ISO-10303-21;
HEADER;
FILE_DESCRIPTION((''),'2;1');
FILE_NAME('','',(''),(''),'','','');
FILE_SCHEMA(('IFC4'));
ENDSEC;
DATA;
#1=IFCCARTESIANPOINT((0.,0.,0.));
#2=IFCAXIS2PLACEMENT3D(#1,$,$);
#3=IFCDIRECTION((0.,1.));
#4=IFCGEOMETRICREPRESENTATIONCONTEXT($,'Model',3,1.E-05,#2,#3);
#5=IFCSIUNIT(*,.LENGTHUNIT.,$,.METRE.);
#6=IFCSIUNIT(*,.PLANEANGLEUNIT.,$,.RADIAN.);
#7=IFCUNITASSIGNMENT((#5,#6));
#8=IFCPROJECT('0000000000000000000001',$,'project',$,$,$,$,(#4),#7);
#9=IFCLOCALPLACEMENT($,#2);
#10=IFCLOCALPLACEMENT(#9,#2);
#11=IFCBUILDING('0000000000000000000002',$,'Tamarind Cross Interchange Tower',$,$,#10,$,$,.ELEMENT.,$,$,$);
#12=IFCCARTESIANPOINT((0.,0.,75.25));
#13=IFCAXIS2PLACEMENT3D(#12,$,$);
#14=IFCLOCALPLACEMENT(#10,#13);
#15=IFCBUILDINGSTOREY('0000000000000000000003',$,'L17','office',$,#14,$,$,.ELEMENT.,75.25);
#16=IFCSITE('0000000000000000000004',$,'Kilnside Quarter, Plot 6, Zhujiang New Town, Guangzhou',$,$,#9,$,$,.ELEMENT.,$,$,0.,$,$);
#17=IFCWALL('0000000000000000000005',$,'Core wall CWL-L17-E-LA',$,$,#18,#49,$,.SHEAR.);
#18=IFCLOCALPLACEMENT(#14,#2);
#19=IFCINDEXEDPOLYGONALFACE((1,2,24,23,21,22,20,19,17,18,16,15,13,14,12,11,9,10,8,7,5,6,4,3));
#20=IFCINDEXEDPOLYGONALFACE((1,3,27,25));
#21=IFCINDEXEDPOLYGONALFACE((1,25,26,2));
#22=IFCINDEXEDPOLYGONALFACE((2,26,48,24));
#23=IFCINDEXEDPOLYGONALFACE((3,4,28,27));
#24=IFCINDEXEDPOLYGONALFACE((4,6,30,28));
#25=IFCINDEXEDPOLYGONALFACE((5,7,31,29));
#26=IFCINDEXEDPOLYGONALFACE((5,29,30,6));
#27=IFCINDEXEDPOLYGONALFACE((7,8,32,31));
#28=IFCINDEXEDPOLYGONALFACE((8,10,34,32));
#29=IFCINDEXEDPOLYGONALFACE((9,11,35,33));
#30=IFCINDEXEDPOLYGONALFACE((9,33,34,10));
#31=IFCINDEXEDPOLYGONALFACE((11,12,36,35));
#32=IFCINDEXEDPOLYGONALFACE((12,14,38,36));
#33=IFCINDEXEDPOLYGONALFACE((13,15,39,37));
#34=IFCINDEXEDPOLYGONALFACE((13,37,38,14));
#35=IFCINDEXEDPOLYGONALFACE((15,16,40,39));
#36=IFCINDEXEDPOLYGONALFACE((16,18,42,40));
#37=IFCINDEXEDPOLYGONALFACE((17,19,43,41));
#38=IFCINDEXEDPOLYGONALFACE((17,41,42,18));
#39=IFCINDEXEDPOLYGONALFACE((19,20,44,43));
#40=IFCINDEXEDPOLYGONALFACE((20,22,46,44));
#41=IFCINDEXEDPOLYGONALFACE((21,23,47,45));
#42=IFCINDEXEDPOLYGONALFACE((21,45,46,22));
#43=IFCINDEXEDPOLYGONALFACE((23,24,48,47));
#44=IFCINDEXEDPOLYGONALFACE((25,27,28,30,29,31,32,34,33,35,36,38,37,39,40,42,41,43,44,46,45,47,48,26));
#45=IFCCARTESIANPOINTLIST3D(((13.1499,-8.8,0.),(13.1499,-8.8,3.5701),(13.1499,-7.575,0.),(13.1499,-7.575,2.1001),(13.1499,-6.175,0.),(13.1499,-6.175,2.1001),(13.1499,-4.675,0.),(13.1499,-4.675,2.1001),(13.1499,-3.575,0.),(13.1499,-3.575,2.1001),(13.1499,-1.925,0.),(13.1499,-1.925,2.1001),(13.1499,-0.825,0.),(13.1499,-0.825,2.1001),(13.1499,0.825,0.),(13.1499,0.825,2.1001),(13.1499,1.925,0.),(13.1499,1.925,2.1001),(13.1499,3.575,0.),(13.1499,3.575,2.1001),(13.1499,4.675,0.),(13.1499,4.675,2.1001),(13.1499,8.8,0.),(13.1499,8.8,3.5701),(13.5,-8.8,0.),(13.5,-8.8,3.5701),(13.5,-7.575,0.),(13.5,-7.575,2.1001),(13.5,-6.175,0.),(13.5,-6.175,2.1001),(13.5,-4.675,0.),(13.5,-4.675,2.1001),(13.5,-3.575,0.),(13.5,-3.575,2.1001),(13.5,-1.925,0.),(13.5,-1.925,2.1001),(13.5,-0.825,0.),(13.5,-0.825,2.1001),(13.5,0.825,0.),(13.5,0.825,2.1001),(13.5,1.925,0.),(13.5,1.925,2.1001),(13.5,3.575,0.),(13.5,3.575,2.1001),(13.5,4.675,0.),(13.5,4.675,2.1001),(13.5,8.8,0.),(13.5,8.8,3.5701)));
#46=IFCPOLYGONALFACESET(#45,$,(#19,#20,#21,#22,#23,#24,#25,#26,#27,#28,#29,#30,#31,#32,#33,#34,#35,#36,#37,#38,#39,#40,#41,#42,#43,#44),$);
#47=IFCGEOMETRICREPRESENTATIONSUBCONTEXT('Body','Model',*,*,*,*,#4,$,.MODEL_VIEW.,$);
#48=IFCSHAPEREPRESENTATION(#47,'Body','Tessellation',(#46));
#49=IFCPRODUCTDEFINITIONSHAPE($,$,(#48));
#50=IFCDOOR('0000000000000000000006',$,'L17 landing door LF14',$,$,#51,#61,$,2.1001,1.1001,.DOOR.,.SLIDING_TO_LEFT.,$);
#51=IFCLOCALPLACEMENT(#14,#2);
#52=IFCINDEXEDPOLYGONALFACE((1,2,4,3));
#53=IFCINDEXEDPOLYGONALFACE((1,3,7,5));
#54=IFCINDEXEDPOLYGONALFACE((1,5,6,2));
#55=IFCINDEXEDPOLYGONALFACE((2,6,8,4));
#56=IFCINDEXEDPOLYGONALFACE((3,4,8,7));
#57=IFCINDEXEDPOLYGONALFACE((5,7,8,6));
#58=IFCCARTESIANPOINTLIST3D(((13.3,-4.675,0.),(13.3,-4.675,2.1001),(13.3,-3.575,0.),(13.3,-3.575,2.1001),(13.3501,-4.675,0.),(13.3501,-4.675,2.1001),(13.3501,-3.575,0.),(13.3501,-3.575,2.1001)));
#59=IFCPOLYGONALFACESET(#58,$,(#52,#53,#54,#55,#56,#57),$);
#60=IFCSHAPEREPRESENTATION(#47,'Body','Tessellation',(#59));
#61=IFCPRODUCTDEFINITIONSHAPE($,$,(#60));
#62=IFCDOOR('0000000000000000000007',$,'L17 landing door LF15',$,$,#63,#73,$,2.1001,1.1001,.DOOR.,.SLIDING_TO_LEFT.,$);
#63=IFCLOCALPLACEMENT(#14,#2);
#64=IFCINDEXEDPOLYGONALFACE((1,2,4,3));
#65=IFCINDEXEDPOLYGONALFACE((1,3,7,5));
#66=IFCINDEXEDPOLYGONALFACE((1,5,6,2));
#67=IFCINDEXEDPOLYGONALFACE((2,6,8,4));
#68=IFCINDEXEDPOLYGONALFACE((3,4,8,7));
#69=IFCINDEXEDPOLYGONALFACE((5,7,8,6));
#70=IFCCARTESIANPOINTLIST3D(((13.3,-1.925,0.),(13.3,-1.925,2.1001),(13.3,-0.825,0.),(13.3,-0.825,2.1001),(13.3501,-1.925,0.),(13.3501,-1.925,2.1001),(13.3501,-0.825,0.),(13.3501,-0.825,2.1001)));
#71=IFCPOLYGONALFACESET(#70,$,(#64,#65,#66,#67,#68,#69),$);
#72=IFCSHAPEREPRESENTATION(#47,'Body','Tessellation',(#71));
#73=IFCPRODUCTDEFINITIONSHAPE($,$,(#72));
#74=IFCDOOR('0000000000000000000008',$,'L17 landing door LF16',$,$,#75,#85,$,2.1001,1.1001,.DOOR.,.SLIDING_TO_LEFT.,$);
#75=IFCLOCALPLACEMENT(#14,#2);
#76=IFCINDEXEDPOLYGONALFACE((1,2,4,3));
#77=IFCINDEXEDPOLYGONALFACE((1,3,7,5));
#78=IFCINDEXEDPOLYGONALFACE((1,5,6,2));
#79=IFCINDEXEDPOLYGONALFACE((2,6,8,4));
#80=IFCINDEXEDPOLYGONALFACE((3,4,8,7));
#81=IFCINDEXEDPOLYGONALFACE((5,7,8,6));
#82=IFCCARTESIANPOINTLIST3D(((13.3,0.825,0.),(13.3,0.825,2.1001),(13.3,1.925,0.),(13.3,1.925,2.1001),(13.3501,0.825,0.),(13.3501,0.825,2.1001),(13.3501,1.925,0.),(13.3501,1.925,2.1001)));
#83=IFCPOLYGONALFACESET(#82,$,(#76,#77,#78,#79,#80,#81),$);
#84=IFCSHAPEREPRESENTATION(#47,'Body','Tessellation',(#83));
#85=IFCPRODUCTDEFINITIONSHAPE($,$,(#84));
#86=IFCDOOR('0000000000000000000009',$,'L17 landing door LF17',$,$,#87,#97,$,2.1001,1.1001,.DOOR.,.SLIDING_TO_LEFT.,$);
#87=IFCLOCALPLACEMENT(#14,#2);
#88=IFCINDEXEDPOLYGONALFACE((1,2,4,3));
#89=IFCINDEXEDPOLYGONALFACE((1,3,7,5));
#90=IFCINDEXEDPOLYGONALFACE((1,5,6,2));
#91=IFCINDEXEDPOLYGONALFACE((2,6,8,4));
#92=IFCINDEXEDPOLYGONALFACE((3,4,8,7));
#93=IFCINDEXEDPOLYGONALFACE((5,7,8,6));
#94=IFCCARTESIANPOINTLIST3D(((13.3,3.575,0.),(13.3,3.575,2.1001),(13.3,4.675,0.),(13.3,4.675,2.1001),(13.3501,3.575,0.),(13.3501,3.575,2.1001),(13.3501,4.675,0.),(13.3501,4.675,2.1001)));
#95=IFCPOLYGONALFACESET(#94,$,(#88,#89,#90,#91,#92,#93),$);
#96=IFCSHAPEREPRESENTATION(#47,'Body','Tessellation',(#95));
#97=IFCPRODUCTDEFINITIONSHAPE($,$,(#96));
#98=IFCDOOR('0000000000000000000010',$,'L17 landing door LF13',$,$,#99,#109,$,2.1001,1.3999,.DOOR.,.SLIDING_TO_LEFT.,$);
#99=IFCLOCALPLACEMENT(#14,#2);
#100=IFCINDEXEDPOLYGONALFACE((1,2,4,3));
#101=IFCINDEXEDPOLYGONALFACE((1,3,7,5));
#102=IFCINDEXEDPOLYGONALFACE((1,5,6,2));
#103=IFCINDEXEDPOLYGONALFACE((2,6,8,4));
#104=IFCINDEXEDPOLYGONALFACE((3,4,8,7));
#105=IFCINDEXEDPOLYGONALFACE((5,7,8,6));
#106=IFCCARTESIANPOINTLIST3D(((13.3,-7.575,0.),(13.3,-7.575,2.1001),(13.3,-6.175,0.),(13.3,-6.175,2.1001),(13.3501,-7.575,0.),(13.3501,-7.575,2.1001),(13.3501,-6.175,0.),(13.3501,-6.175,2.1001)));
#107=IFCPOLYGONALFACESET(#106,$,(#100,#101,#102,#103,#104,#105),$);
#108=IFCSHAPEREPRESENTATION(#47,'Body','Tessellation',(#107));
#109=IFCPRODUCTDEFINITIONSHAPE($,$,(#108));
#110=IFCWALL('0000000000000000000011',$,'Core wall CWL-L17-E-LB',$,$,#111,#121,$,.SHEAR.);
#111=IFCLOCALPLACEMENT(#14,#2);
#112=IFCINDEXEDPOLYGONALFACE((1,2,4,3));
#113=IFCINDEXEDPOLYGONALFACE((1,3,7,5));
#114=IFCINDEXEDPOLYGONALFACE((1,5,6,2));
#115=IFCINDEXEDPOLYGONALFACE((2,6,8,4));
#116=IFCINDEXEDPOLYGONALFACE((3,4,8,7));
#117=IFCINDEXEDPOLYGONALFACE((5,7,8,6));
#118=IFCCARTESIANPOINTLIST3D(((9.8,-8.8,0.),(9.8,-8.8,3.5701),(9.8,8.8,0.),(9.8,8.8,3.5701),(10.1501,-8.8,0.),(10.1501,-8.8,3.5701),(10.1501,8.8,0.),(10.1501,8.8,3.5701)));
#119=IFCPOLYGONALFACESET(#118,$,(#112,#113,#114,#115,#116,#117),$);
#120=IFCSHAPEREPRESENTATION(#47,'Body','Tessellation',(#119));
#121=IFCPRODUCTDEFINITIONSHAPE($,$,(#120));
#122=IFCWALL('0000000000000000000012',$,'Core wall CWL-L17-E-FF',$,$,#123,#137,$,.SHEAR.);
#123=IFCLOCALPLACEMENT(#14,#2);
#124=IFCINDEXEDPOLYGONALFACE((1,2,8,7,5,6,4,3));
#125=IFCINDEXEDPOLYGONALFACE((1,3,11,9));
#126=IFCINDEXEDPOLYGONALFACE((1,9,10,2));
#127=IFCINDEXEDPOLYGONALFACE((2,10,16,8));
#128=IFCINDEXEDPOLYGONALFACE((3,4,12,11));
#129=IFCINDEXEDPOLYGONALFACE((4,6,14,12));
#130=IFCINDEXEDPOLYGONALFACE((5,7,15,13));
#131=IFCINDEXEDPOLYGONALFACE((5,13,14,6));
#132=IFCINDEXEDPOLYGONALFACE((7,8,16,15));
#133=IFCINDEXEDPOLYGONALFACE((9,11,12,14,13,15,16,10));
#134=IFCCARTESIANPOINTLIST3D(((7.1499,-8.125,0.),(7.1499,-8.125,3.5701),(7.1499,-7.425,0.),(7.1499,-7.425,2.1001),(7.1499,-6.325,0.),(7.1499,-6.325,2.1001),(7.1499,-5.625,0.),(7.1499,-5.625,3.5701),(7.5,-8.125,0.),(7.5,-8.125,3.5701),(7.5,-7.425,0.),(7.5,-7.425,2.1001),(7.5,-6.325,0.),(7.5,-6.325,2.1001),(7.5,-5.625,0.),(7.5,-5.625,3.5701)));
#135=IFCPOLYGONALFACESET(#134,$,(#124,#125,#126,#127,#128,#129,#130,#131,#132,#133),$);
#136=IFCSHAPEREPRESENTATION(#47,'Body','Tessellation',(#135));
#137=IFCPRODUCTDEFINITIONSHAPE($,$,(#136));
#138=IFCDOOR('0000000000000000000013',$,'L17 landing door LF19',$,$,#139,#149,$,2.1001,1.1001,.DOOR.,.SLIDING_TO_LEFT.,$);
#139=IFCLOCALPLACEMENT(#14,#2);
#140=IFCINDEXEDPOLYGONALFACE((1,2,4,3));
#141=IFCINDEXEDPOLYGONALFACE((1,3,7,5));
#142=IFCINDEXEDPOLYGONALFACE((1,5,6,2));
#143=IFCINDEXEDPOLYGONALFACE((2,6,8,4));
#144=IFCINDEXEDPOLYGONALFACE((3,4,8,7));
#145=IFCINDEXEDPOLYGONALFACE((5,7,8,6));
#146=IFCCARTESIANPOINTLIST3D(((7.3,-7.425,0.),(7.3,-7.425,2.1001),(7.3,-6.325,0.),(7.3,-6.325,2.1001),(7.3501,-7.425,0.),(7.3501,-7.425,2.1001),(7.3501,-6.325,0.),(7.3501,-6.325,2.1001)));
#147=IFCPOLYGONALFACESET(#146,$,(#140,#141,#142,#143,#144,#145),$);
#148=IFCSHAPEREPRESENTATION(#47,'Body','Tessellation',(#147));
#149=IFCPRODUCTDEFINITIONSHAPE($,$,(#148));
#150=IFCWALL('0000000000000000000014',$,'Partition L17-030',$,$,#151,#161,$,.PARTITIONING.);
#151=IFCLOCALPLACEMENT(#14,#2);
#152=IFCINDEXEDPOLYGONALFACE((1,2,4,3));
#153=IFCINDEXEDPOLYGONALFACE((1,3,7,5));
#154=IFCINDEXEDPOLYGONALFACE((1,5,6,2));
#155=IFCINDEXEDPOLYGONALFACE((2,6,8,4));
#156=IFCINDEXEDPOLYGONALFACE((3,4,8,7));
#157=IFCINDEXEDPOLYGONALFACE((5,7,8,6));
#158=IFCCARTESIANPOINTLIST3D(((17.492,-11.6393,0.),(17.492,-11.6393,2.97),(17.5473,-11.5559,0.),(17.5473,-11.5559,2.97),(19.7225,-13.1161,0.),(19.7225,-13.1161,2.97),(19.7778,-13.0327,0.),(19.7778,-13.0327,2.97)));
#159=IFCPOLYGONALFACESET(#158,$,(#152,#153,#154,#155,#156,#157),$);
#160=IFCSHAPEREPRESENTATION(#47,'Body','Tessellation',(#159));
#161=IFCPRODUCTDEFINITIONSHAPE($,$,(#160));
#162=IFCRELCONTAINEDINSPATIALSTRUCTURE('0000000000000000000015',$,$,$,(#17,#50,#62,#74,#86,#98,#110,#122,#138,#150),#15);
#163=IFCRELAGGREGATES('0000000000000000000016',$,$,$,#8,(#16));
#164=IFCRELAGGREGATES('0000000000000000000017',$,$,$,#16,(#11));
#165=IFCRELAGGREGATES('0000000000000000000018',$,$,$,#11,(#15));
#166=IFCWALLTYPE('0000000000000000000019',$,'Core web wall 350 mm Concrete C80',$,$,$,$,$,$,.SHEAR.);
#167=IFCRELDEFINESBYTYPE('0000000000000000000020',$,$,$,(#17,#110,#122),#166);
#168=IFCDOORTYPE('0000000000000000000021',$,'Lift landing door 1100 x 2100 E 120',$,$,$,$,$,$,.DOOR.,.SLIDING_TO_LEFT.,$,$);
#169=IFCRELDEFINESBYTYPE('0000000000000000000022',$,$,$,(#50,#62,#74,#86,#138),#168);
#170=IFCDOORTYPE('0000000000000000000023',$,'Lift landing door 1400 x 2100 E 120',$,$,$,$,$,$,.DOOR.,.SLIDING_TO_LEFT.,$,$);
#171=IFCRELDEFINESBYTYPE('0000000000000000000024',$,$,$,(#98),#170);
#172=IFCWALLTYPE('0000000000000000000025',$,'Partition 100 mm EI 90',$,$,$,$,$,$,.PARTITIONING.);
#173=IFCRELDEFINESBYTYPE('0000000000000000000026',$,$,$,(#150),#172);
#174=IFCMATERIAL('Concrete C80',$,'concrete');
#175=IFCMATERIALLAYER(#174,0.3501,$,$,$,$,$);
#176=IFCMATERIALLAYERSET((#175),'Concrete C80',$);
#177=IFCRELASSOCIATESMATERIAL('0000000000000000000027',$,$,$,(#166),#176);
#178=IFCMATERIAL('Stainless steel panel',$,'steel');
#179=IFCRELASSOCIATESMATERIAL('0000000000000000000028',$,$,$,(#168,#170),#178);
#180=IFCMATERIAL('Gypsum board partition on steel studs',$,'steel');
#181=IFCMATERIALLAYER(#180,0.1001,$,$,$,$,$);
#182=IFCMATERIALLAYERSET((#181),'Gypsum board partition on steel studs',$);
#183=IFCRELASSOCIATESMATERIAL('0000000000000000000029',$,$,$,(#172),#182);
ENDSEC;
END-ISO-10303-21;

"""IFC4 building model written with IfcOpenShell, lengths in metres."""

from ifc_helpers import new_model, si_unit, direction, frame, frame_2d, origin, place, context, subcontext, project, spatial, rectangle, extrude, material, layer, layer_set, type_object, element, fill, save


model = new_model("IFC4")

# Units and contexts
model_context = context("Model", 3, precision=1e-05, world=origin(), true_north=direction((0.0, 1.0)))
body_context = subcontext(model_context, "Body", "Model", "MODEL_VIEW")
ifc_project = project(units=[si_unit("LENGTHUNIT", "METRE"), si_unit("PLANEANGLEUNIT", "RADIAN")], contexts=[model_context])

# Site, building, storey
site_placement = place(None, origin())
site = spatial("IfcSite", under=ifc_project, at=site_placement, Name="Kilnside Quarter, Plot 6, Zhujiang New Town, Guangzhou", CompositionType="ELEMENT", RefElevation=0.0)
building_placement = place(site_placement, origin())
building = spatial("IfcBuilding", under=site, at=building_placement, Name="Tamarind Cross Interchange Tower", CompositionType="ELEMENT")
storey_placement = place(building_placement, frame((0.0, 0.0, 75.25)))
storey = spatial("IfcBuildingStorey", under=building, at=storey_placement, Name="L17", Description="office", CompositionType="ELEMENT", Elevation=75.25)

# Shared definitions
ifc_material_1 = material(Name="Concrete C80", Category="concrete")

# Shared definitions
ifc_layer_1 = layer(ifc_material_1, 0.3501)
ifc_layer_set_1 = layer_set([ifc_layer_1], Name="Concrete C80")
wall_type_1 = type_object("IfcWallType", Name="Core web wall 350 mm Concrete C80", PredefinedType="SHEAR", material=ifc_layer_set_1)

# Wall, openings, doors
wall_1_placement = place(storey_placement, frame((13.325, -8.8, 0.0), z_axis=(0.0, 0.0, 1.0), x_axis=(0.0, 1.0, 0.0)))
wall_1 = element("IfcWall", 1, at=wall_1_placement, inside=storey, type_object=wall_type_1, Name="Core wall CWL-L17-E-LA", PredefinedType="SHEAR", context=body_context, shape_type="SweptSolid", body=[
    extrude(rectangle(XDim=17.6001, YDim=0.3501, at=frame_2d((8.8, 0.0))), origin(), (0.0, 0.0, 1.0), 3.5701),
])
opening_1_placement = place(wall_1_placement, frame((1.2251, 0.0, 0.0)))
opening_1 = element("IfcOpeningElement", 2, at=opening_1_placement, cuts=wall_1, PredefinedType="OPENING", context=body_context, shape_type="SweptSolid", body=[
    extrude(rectangle(XDim=1.3999, YDim=2.1001, at=frame_2d((0.7, 1.05))), frame((0.0, 0.1851, 0.0), z_axis=(0.0, -1.0, 0.0), x_axis=(1.0, 0.0, 0.0)), (0.0, 0.0, 1.0), 0.3701),
])
opening_2_placement = place(wall_1_placement, frame((4.125, 0.0, 0.0)))
opening_2 = element("IfcOpeningElement", 3, at=opening_2_placement, cuts=wall_1, PredefinedType="OPENING", context=body_context, shape_type="SweptSolid", body=[
    extrude(rectangle(XDim=1.1001, YDim=2.1001, at=frame_2d((0.55, 1.05))), frame((0.0, 0.1851, 0.0), z_axis=(0.0, -1.0, 0.0), x_axis=(1.0, 0.0, 0.0)), (0.0, 0.0, 1.0), 0.3701),
])
opening_3_placement = place(wall_1_placement, frame((6.875, 0.0, 0.0)))
opening_3 = element("IfcOpeningElement", 4, at=opening_3_placement, cuts=wall_1, PredefinedType="OPENING", context=body_context, shape_type="SweptSolid", body=[
    extrude(rectangle(XDim=1.1001, YDim=2.1001, at=frame_2d((0.55, 1.05))), frame((0.0, 0.1851, 0.0), z_axis=(0.0, -1.0, 0.0), x_axis=(1.0, 0.0, 0.0)), (0.0, 0.0, 1.0), 0.3701),
])
opening_4_placement = place(wall_1_placement, frame((9.625, 0.0, 0.0)))
opening_4 = element("IfcOpeningElement", 5, at=opening_4_placement, cuts=wall_1, PredefinedType="OPENING", context=body_context, shape_type="SweptSolid", body=[
    extrude(rectangle(XDim=1.1001, YDim=2.1001, at=frame_2d((0.55, 1.05))), frame((0.0, 0.1851, 0.0), z_axis=(0.0, -1.0, 0.0), x_axis=(1.0, 0.0, 0.0)), (0.0, 0.0, 1.0), 0.3701),
])
opening_5_placement = place(wall_1_placement, frame((12.375, 0.0, 0.0)))
opening_5 = element("IfcOpeningElement", 6, at=opening_5_placement, cuts=wall_1, PredefinedType="OPENING", context=body_context, shape_type="SweptSolid", body=[
    extrude(rectangle(XDim=1.1001, YDim=2.1001, at=frame_2d((0.55, 1.05))), frame((0.0, 0.1851, 0.0), z_axis=(0.0, -1.0, 0.0), x_axis=(1.0, 0.0, 0.0)), (0.0, 0.0, 1.0), 0.3701),
])
ifc_material_2 = material(Name="Stainless steel panel", Category="steel")
door_type_1 = type_object("IfcDoorType", Name="Lift landing door 1100 x 2100 E 120", OperationType="SLIDING_TO_LEFT", PredefinedType="DOOR", material=ifc_material_2)
door_1_placement = place(opening_2_placement, origin())
door_1 = element("IfcDoor", 7, at=door_1_placement, inside=storey, type_object=door_type_1, Name="L17 landing door LF14", OperationType="SLIDING_TO_LEFT", OverallHeight=2.1001, OverallWidth=1.1001, PredefinedType="DOOR", context=body_context, shape_type="SweptSolid", body=[
    extrude(rectangle(XDim=1.1001, YDim=2.1001, at=frame_2d((0.55, 1.05))), frame((0.0, 0.0249, 0.0), z_axis=(0.0, -1.0, 0.0), x_axis=(1.0, 0.0, 0.0)), (0.0, 0.0, 1.0), 0.05),
])
fill(opening_2, door_1)
door_2_placement = place(opening_3_placement, origin())
door_2 = element("IfcDoor", 8, at=door_2_placement, inside=storey, type_object=door_type_1, Name="L17 landing door LF15", OperationType="SLIDING_TO_LEFT", OverallHeight=2.1001, OverallWidth=1.1001, PredefinedType="DOOR", context=body_context, shape_type="SweptSolid", body=[
    extrude(rectangle(XDim=1.1001, YDim=2.1001, at=frame_2d((0.55, 1.05))), frame((0.0, 0.0249, 0.0), z_axis=(0.0, -1.0, 0.0), x_axis=(1.0, 0.0, 0.0)), (0.0, 0.0, 1.0), 0.05),
])
fill(opening_3, door_2)
door_3_placement = place(opening_4_placement, origin())
door_3 = element("IfcDoor", 9, at=door_3_placement, inside=storey, type_object=door_type_1, Name="L17 landing door LF16", OperationType="SLIDING_TO_LEFT", OverallHeight=2.1001, OverallWidth=1.1001, PredefinedType="DOOR", context=body_context, shape_type="SweptSolid", body=[
    extrude(rectangle(XDim=1.1001, YDim=2.1001, at=frame_2d((0.55, 1.05))), frame((0.0, 0.0249, 0.0), z_axis=(0.0, -1.0, 0.0), x_axis=(1.0, 0.0, 0.0)), (0.0, 0.0, 1.0), 0.05),
])
fill(opening_4, door_3)
door_4_placement = place(opening_5_placement, origin())
door_4 = element("IfcDoor", 10, at=door_4_placement, inside=storey, type_object=door_type_1, Name="L17 landing door LF17", OperationType="SLIDING_TO_LEFT", OverallHeight=2.1001, OverallWidth=1.1001, PredefinedType="DOOR", context=body_context, shape_type="SweptSolid", body=[
    extrude(rectangle(XDim=1.1001, YDim=2.1001, at=frame_2d((0.55, 1.05))), frame((0.0, 0.0249, 0.0), z_axis=(0.0, -1.0, 0.0), x_axis=(1.0, 0.0, 0.0)), (0.0, 0.0, 1.0), 0.05),
])
fill(opening_5, door_4)
door_type_2 = type_object("IfcDoorType", Name="Lift landing door 1400 x 2100 E 120", OperationType="SLIDING_TO_LEFT", PredefinedType="DOOR", material=ifc_material_2)
door_5_placement = place(opening_1_placement, origin())
door_5 = element("IfcDoor", 11, at=door_5_placement, inside=storey, type_object=door_type_2, Name="L17 landing door LF13", OperationType="SLIDING_TO_LEFT", OverallHeight=2.1001, OverallWidth=1.3999, PredefinedType="DOOR", context=body_context, shape_type="SweptSolid", body=[
    extrude(rectangle(XDim=1.3999, YDim=2.1001, at=frame_2d((0.7, 1.05))), frame((0.0, 0.0249, 0.0), z_axis=(0.0, -1.0, 0.0), x_axis=(1.0, 0.0, 0.0)), (0.0, 0.0, 1.0), 0.05),
])
fill(opening_1, door_5)

# Wall
wall_2_placement = place(storey_placement, frame((9.9751, -8.8, 0.0), z_axis=(0.0, 0.0, 1.0), x_axis=(0.0, 1.0, 0.0)))
element("IfcWall", 12, at=wall_2_placement, inside=storey, type_object=wall_type_1, Name="Core wall CWL-L17-E-LB", PredefinedType="SHEAR", context=body_context, shape_type="SweptSolid", body=[
    extrude(rectangle(XDim=17.6001, YDim=0.3501, at=frame_2d((8.8, 0.0))), origin(), (0.0, 0.0, 1.0), 3.5701),
])

# Wall, opening, door
wall_3_placement = place(storey_placement, frame((7.325, -8.125, 0.0), z_axis=(0.0, 0.0, 1.0), x_axis=(0.0, 1.0, 0.0)))
wall_3 = element("IfcWall", 13, at=wall_3_placement, inside=storey, type_object=wall_type_1, Name="Core wall CWL-L17-E-FF", PredefinedType="SHEAR", context=body_context, shape_type="SweptSolid", body=[
    extrude(rectangle(XDim=2.5, YDim=0.3501, at=frame_2d((1.25, 0.0))), origin(), (0.0, 0.0, 1.0), 3.5701),
])
opening_6_placement = place(wall_3_placement, frame((0.7, 0.0, 0.0)))
opening_6 = element("IfcOpeningElement", 14, at=opening_6_placement, cuts=wall_3, PredefinedType="OPENING", context=body_context, shape_type="SweptSolid", body=[
    extrude(rectangle(XDim=1.1001, YDim=2.1001, at=frame_2d((0.55, 1.05))), frame((0.0, 0.1851, 0.0), z_axis=(0.0, -1.0, 0.0), x_axis=(1.0, 0.0, 0.0)), (0.0, 0.0, 1.0), 0.3701),
])
door_6_placement = place(opening_6_placement, origin())
door_6 = element("IfcDoor", 15, at=door_6_placement, inside=storey, type_object=door_type_1, Name="L17 landing door LF19", OperationType="SLIDING_TO_LEFT", OverallHeight=2.1001, OverallWidth=1.1001, PredefinedType="DOOR", context=body_context, shape_type="SweptSolid", body=[
    extrude(rectangle(XDim=1.1001, YDim=2.1001, at=frame_2d((0.55, 1.05))), frame((0.0, 0.0249, 0.0), z_axis=(0.0, -1.0, 0.0), x_axis=(1.0, 0.0, 0.0)), (0.0, 0.0, 1.0), 0.05),
])
fill(opening_6, door_6)

# Wall
ifc_material_3 = material(Name="Gypsum board partition on steel studs", Category="steel")
ifc_layer_2 = layer(ifc_material_3, 0.1001)
ifc_layer_set_2 = layer_set([ifc_layer_2], Name="Gypsum board partition on steel studs")
wall_type_2 = type_object("IfcWallType", Name="Partition 100 mm EI 90", PredefinedType="PARTITIONING", material=ifc_layer_set_2)
wall_4_placement = place(storey_placement, frame((17.5198, -11.5977, 0.0), z_axis=(0.0, 0.0, 1.0), x_axis=(0.833801, -0.552065, 0.0)))
element("IfcWall", 16, at=wall_4_placement, inside=storey, type_object=wall_type_2, Name="Partition L17-030", PredefinedType="PARTITIONING", context=body_context, shape_type="SweptSolid", body=[
    extrude(rectangle(XDim=2.675, YDim=0.1001, at=frame_2d((1.3374, 0.0))), origin(), (0.0, 0.0, 1.0), 2.97),
])

save(model, "model.ifc")
